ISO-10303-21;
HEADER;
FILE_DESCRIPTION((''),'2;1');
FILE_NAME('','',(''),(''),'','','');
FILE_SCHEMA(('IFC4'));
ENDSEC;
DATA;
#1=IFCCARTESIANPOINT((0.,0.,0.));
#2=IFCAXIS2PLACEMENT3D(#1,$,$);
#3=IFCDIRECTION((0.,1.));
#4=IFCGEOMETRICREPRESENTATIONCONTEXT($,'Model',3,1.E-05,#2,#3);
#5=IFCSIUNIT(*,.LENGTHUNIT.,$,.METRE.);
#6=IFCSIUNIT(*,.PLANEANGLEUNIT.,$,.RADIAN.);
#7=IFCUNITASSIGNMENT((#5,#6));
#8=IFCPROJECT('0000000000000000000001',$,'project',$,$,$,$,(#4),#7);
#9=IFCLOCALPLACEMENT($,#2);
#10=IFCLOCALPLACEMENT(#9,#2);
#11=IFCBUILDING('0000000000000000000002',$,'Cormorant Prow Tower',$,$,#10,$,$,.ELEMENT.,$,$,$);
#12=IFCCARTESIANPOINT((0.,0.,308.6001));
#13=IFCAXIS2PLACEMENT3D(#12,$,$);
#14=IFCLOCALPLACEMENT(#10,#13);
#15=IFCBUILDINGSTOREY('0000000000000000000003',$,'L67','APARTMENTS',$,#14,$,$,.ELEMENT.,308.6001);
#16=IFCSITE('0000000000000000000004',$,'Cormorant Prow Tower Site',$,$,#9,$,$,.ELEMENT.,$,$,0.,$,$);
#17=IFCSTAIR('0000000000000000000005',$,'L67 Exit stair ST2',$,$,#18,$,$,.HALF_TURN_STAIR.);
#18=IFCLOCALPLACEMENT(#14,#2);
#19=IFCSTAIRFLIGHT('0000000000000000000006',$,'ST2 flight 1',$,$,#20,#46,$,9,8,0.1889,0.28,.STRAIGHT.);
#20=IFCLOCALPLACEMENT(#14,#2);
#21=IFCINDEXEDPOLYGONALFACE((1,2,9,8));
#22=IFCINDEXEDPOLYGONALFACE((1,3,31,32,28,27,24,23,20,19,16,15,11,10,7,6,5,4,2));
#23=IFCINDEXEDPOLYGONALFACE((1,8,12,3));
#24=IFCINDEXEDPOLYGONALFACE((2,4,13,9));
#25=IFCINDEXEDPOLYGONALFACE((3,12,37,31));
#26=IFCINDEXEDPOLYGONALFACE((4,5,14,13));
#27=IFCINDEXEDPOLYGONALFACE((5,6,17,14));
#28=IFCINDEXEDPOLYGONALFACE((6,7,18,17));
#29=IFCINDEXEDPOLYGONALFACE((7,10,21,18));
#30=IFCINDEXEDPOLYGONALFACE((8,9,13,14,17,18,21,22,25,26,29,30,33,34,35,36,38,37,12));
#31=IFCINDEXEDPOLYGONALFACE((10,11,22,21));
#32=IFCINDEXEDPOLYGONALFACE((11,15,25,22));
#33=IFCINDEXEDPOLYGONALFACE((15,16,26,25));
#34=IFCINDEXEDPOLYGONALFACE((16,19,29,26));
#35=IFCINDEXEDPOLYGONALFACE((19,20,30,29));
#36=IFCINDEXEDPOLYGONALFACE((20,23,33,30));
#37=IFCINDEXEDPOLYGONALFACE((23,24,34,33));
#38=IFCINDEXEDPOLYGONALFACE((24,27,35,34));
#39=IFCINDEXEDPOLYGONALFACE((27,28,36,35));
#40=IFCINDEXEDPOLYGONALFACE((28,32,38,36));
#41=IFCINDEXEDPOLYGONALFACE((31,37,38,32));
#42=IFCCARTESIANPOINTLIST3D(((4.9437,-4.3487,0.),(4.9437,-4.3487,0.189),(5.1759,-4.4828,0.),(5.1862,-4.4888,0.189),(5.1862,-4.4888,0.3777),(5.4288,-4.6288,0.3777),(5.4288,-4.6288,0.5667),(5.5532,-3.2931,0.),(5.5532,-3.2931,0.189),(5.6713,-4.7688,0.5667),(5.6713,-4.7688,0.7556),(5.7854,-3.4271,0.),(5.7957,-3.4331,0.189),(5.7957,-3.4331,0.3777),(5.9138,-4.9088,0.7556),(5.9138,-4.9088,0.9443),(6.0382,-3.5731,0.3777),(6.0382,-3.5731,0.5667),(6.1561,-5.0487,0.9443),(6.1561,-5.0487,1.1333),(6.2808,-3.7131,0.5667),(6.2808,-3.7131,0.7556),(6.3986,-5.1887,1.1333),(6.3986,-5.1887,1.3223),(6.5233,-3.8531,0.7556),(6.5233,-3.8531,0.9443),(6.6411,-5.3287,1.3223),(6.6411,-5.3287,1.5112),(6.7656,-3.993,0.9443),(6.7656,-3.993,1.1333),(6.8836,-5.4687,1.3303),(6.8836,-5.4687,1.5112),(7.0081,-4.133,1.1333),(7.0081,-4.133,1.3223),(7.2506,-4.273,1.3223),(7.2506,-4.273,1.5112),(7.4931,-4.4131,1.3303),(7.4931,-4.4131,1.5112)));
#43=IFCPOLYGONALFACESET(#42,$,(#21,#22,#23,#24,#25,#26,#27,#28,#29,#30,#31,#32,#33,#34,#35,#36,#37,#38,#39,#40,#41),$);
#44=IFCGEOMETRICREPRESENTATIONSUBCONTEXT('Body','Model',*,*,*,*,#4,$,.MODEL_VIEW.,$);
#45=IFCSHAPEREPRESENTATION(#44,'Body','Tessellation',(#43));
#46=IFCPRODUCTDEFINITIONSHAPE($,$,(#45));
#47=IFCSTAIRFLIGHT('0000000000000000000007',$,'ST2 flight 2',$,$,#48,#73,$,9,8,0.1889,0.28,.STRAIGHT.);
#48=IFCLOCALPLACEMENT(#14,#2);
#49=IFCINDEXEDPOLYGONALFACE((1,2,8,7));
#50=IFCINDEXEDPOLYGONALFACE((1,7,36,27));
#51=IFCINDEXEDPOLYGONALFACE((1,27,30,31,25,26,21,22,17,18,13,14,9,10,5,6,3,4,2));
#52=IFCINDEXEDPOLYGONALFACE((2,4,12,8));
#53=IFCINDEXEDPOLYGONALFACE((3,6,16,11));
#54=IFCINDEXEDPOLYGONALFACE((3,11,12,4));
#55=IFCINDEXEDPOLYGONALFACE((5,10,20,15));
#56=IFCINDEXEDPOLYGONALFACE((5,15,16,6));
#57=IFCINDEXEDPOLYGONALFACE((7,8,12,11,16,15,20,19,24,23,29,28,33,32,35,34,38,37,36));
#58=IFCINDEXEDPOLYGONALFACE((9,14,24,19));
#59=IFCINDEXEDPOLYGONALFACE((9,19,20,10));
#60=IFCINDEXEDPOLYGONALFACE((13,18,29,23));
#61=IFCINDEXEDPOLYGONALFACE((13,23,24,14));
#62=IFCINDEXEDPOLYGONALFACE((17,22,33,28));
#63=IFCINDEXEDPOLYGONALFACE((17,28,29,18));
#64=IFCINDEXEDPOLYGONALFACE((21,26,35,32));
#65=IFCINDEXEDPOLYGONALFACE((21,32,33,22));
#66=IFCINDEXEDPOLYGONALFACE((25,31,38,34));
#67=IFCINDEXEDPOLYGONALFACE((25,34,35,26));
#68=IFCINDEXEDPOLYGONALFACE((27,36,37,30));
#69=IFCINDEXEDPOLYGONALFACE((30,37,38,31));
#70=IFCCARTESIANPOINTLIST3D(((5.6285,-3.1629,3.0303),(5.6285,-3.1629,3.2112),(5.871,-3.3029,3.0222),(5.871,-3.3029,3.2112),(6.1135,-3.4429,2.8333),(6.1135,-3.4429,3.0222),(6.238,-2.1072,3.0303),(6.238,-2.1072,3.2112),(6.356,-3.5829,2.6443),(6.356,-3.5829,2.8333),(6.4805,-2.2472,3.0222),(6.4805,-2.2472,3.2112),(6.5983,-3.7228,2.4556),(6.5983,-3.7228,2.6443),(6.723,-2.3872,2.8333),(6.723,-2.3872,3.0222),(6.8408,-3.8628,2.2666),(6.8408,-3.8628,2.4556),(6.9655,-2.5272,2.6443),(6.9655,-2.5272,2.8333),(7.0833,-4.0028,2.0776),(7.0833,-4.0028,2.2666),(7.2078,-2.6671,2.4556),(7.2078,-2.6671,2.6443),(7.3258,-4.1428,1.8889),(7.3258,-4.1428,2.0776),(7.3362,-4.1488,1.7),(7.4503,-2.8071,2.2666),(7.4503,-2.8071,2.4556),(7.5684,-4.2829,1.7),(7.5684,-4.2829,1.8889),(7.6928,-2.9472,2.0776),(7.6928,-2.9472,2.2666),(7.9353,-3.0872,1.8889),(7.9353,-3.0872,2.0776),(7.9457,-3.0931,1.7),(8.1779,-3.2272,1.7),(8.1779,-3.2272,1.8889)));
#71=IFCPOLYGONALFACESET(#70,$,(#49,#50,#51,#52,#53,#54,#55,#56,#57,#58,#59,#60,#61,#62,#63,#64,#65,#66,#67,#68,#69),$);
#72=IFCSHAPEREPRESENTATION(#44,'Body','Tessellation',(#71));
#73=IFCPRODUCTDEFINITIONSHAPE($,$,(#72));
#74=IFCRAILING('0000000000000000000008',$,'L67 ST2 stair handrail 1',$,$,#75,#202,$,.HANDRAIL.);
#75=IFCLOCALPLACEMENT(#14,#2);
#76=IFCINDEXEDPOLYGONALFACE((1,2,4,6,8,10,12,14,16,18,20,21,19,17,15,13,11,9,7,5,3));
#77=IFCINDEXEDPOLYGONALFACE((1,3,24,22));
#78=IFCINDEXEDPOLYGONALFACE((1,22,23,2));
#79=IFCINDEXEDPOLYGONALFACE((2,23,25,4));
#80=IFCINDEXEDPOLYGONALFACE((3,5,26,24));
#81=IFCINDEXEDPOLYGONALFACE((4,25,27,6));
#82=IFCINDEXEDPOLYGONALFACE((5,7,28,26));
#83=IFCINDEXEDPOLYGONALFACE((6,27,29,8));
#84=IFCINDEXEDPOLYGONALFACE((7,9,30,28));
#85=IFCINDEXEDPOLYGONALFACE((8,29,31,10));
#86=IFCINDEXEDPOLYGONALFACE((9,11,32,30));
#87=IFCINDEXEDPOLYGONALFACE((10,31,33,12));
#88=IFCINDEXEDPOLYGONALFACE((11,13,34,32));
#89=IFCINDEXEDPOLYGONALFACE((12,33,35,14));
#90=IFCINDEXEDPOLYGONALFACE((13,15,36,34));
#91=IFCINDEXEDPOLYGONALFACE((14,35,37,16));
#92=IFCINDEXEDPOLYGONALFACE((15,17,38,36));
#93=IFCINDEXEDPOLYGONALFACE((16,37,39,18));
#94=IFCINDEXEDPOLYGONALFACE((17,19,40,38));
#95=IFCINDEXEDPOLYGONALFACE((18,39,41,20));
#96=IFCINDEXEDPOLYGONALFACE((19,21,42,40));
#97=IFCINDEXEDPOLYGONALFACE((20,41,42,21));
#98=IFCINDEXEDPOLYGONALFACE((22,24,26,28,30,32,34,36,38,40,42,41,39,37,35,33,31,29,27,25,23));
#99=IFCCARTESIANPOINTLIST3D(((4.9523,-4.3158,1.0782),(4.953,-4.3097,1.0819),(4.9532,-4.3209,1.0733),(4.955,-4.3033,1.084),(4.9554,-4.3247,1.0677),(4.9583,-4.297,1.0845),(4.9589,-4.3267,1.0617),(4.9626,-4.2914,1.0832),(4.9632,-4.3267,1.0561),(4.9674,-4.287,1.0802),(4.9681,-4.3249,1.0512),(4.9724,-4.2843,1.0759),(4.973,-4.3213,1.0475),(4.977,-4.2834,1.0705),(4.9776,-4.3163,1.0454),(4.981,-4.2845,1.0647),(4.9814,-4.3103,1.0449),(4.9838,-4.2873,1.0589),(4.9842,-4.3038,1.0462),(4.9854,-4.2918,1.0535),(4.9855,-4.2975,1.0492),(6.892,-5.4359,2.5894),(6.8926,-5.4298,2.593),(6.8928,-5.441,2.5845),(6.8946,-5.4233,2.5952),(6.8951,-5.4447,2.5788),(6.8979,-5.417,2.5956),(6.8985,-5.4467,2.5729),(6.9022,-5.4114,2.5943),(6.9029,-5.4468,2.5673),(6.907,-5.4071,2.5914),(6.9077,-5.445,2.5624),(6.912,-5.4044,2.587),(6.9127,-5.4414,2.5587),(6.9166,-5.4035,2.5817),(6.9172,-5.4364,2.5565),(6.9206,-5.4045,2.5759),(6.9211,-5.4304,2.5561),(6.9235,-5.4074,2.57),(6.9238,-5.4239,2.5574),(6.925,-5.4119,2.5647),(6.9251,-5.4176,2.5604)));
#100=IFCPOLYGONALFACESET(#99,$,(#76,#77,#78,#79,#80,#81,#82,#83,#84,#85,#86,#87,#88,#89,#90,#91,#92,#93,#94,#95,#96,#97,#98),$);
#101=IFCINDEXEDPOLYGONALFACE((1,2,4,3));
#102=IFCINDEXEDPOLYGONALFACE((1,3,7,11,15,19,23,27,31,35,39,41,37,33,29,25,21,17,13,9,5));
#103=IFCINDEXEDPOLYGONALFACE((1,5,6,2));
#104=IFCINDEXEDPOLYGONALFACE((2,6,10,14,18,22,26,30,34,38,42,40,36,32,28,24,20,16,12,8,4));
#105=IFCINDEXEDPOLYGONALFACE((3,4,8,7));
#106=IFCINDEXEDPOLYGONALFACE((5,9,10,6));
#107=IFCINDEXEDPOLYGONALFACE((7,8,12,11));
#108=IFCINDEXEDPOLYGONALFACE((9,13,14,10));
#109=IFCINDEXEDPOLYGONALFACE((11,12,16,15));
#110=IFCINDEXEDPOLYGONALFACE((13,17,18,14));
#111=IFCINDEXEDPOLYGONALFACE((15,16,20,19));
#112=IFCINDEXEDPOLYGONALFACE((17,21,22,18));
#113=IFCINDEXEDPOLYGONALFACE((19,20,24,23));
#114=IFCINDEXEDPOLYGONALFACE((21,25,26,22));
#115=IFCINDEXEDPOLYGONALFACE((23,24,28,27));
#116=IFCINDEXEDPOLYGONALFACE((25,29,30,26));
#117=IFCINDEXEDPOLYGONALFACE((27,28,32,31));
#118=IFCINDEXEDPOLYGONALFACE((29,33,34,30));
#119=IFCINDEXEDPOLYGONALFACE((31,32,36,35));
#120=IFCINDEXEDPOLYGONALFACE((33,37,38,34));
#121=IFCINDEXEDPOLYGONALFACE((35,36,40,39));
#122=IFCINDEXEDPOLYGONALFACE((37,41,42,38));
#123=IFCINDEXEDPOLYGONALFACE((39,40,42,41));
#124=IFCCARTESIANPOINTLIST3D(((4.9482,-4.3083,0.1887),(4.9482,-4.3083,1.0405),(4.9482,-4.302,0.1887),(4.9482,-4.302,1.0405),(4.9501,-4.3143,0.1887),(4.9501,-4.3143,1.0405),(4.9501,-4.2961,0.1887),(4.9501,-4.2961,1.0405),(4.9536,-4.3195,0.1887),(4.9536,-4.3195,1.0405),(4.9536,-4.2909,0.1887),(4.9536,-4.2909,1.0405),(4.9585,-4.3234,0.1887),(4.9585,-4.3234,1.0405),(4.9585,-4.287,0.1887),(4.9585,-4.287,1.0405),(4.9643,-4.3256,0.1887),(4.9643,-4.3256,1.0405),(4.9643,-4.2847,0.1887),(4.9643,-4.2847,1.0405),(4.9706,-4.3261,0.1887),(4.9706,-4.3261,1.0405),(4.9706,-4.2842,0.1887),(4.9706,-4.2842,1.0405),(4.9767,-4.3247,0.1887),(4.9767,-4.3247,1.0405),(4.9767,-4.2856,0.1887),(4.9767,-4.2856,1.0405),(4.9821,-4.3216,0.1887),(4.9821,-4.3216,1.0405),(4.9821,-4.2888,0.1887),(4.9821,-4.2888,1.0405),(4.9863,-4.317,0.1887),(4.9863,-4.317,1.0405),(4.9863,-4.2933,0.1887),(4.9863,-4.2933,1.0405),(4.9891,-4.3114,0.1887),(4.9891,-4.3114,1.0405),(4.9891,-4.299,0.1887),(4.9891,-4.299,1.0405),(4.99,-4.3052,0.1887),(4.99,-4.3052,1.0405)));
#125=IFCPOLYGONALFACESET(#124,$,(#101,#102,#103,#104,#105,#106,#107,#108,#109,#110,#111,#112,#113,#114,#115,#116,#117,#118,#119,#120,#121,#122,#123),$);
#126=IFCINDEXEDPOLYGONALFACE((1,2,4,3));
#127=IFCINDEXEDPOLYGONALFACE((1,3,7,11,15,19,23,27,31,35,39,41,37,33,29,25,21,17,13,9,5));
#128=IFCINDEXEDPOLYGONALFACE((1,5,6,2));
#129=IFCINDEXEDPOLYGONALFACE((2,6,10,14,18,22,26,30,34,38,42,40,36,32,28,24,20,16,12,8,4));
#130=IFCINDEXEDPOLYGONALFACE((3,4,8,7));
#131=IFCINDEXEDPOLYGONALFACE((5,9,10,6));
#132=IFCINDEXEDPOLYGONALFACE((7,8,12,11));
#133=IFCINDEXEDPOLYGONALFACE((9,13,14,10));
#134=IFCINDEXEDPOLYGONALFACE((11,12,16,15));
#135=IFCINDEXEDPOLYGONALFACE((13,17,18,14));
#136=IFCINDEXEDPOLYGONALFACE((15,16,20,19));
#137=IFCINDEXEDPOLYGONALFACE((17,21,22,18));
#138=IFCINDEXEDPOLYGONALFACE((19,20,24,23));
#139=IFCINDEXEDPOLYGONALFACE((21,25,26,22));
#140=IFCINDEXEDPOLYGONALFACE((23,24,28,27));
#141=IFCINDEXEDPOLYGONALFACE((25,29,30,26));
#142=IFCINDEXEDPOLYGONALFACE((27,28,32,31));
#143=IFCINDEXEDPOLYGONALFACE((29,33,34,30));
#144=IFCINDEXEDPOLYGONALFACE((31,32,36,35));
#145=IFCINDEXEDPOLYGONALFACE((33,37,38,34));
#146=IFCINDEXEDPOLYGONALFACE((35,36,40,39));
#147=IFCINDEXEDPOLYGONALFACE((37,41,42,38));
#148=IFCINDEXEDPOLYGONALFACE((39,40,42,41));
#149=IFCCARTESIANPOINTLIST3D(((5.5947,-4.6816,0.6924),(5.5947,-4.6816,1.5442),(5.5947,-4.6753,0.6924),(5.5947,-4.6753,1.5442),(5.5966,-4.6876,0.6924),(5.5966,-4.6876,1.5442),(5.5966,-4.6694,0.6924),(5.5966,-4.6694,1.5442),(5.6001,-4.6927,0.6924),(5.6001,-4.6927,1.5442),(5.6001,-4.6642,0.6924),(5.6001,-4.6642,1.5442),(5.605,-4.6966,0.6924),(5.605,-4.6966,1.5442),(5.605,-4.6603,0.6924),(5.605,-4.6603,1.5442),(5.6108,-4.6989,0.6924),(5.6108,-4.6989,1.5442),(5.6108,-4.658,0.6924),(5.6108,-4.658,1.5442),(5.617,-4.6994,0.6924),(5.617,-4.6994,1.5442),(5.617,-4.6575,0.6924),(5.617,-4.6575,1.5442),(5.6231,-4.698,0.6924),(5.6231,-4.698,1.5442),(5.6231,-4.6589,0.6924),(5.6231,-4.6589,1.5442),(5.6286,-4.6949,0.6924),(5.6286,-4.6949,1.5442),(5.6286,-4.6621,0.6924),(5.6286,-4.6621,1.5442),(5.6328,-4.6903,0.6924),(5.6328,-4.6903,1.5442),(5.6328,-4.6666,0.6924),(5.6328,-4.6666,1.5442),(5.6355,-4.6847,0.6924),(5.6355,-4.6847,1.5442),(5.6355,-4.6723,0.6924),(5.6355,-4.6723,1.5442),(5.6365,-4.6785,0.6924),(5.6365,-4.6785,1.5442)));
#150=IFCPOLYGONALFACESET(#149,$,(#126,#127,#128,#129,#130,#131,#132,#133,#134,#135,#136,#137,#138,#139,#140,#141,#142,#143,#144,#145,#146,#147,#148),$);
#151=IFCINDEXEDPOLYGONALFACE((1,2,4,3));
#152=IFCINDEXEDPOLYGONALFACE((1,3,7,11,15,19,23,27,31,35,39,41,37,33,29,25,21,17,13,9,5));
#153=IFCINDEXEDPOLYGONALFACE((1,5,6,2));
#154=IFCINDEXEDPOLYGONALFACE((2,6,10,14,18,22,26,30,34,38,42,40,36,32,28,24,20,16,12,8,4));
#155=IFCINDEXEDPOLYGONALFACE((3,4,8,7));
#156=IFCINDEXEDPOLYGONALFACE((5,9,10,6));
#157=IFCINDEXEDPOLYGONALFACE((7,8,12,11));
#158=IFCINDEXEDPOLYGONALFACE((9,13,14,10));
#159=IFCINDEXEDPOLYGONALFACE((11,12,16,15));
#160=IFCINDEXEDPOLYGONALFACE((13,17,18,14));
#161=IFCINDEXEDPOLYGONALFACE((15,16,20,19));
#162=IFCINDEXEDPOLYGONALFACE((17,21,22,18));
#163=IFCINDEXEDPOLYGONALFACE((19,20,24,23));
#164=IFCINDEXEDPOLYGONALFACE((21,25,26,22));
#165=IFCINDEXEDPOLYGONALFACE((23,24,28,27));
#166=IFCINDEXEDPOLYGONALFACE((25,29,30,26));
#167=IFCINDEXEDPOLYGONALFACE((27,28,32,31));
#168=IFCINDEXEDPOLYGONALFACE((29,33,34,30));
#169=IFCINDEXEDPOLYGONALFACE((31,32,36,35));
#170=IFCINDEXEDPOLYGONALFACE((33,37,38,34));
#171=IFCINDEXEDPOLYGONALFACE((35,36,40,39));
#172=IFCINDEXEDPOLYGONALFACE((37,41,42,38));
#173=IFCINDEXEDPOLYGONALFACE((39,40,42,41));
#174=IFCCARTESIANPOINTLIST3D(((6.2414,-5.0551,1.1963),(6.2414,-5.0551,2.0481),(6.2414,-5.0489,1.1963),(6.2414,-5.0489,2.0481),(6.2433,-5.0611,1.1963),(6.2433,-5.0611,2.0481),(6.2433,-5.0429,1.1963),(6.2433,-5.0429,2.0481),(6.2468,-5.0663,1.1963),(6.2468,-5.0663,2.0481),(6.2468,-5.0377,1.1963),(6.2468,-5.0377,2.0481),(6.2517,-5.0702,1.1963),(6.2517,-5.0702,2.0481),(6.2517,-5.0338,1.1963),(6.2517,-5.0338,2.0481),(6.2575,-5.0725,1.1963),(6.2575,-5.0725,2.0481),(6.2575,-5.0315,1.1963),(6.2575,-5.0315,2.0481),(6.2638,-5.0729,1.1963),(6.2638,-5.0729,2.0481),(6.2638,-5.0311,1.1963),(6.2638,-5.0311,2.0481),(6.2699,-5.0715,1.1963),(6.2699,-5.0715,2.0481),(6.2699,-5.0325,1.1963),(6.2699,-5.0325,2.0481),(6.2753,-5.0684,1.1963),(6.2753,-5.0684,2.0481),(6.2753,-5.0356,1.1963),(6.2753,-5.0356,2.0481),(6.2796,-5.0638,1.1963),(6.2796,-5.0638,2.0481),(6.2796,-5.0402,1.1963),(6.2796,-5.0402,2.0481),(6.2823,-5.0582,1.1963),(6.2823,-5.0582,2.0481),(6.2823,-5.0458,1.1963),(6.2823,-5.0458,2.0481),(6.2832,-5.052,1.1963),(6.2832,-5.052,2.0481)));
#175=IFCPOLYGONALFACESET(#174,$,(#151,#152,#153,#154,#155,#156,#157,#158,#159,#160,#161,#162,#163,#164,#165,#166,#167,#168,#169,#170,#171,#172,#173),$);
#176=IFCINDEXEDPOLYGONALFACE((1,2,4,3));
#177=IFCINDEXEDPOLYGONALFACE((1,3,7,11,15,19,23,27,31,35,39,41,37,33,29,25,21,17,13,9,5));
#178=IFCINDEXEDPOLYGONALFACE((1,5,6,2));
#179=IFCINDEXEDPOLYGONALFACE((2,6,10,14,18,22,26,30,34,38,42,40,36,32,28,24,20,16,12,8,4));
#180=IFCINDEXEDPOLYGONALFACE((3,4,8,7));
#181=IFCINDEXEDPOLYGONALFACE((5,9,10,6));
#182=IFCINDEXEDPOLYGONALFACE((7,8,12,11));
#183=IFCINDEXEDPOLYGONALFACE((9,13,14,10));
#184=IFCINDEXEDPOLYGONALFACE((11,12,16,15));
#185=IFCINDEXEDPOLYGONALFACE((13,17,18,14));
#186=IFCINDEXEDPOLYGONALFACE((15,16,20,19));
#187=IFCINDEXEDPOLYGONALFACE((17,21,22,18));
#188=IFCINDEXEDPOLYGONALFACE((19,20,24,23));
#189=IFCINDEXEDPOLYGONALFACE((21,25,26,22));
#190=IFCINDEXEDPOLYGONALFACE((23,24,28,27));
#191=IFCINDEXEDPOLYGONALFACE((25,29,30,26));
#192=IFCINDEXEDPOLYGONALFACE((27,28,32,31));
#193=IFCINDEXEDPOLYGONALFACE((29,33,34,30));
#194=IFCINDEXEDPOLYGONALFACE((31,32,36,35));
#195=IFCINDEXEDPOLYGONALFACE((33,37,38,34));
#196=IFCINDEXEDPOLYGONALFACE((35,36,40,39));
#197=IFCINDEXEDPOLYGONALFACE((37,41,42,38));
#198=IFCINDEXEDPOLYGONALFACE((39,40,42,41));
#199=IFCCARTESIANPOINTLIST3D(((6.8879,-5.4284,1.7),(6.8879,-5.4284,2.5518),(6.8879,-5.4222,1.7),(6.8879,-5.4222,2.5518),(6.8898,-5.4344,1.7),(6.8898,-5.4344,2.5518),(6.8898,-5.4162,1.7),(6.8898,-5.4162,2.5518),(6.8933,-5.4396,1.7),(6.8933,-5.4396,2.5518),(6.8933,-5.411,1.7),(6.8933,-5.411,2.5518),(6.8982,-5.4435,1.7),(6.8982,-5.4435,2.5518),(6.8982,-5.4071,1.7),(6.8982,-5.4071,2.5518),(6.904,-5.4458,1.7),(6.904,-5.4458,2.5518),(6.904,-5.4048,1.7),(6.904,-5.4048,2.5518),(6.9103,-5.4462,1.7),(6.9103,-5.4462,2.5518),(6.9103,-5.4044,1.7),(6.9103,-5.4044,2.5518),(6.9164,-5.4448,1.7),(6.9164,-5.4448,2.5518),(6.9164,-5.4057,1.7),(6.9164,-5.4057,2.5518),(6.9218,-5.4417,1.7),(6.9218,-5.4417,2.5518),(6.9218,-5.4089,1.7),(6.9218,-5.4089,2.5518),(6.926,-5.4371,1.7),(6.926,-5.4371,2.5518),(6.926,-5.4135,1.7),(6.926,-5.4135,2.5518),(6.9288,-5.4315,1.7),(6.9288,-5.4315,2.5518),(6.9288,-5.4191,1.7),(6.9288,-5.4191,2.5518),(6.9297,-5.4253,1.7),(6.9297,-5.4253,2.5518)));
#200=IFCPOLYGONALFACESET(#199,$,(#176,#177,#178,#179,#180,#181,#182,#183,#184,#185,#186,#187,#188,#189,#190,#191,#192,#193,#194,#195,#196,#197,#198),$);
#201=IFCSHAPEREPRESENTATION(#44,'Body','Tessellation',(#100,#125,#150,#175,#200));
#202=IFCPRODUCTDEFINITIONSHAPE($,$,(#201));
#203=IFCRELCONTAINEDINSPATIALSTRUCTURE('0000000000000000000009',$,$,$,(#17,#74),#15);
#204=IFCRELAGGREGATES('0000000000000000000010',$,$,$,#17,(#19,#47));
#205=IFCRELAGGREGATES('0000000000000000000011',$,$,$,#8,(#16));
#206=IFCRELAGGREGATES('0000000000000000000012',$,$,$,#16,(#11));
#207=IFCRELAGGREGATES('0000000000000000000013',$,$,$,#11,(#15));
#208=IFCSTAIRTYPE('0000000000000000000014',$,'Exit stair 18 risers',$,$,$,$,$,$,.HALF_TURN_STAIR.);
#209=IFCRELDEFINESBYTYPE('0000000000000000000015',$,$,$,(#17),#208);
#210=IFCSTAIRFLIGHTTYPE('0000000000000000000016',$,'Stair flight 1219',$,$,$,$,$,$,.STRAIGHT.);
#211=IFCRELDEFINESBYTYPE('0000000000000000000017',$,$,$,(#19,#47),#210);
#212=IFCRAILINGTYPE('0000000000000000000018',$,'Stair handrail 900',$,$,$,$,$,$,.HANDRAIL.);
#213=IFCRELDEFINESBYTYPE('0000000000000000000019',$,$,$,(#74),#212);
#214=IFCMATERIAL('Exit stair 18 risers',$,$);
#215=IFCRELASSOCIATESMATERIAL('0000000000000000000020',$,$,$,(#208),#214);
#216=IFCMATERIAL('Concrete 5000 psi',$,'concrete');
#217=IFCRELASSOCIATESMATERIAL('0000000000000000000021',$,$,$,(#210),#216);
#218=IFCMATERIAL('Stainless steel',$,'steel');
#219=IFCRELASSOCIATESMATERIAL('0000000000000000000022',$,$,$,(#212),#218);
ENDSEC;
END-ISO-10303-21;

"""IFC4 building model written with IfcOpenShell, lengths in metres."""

from ifc_helpers import new_model, si_unit, direction, frame, origin, origin_2d, place, context, subcontext, project, spatial, polyline, circle, outline, extrude, material, type_object, element, aggregate, save


model = new_model("IFC4")

# Units and contexts
model_context = context("Model", 3, precision=1e-05, world=origin(), true_north=direction((0.0, 1.0)))
body_context = subcontext(model_context, "Body", "Model", "MODEL_VIEW")
ifc_project = project(units=[si_unit("LENGTHUNIT", "METRE"), si_unit("PLANEANGLEUNIT", "RADIAN")], contexts=[model_context])

# Site, building, storey
site_placement = place(None, origin())
site = spatial("IfcSite", under=ifc_project, at=site_placement, Name="Cormorant Prow Tower Site", CompositionType="ELEMENT", RefElevation=0.0)
building_placement = place(site_placement, origin())
building = spatial("IfcBuilding", under=site, at=building_placement, Name="Cormorant Prow Tower", CompositionType="ELEMENT")
storey_placement = place(building_placement, frame((0.0, 0.0, 308.6001)))
storey = spatial("IfcBuildingStorey", under=building, at=storey_placement, Name="L67", Description="APARTMENTS", CompositionType="ELEMENT", Elevation=308.6001)

# Stair, stair flights
ifc_material_1 = material(Name="Exit stair 18 risers")
stair_type = type_object("IfcStairType", Name="Exit stair 18 risers", PredefinedType="HALF_TURN_STAIR", material=ifc_material_1)
stair_placement = place(storey_placement, origin())
stair = element("IfcStair", 1, at=stair_placement, inside=storey, type_object=stair_type, Name="L67 Exit stair ST2", PredefinedType="HALF_TURN_STAIR")
ifc_material_2 = material(Name="Concrete 5000 psi", Category="concrete")
stair_flight_type = type_object("IfcStairFlightType", Name="Stair flight 1219", PredefinedType="STRAIGHT", material=ifc_material_2)
stair_flight_1_placement = place(storey_placement, frame((5.2485, -3.8208, 0.0), z_axis=(0.0, 0.0, 1.0), x_axis=(0.866025, -0.5, 0.0)))
stair_flight_1 = element("IfcStairFlight", 2, at=stair_flight_1_placement, type_object=stair_flight_type, Name="ST2 flight 1", NumberOfRisers=9, NumberOfTreads=8, PredefinedType="STRAIGHT", RiserHeight=0.1889, TreadLength=0.28, context=body_context, shape_type="SweptSolid", body=[
    extrude(outline(polyline([(0.0, 0.0), (0.0, 0.189), (0.28, 0.189), (0.28, 0.3777), (0.5601, 0.3777), (0.5601, 0.5667), (0.8401, 0.5667), (0.8401, 0.7556), (1.1201, 0.7556), (1.1201, 0.9443), (1.3999, 0.9443), (1.3999, 1.1333), (1.6799, 1.1333), (1.6799, 1.3223), (1.96, 1.3223), (1.96, 1.5112), (2.24, 1.5112), (2.24, 1.7), (2.24, 1.3303), (0.2681, 0.0), (0.0, 0.0)])), frame((0.0, 0.6094, 0.0), z_axis=(0.0, -1.0, 0.0), x_axis=(1.0, 0.0, 0.0)), (0.0, 0.0, 1.0), 1.219),
])
stair_flight_2_placement = place(storey_placement, frame((7.873, -3.7551, 1.7), z_axis=(0.0, 0.0, 1.0), x_axis=(-0.866025, 0.5, 0.0)))
stair_flight_2 = element("IfcStairFlight", 3, at=stair_flight_2_placement, type_object=stair_flight_type, Name="ST2 flight 2", NumberOfRisers=9, NumberOfTreads=8, PredefinedType="STRAIGHT", RiserHeight=0.1889, TreadLength=0.28, context=body_context, shape_type="SweptSolid", body=[
    extrude(outline(polyline([(0.0, 0.0), (0.0, 0.189), (0.28, 0.189), (0.28, 0.3777), (0.5601, 0.3777), (0.5601, 0.5667), (0.8401, 0.5667), (0.8401, 0.7556), (1.1201, 0.7556), (1.1201, 0.9443), (1.3999, 0.9443), (1.3999, 1.1333), (1.6799, 1.1333), (1.6799, 1.3223), (1.96, 1.3223), (1.96, 1.5112), (2.24, 1.5112), (2.24, 1.7), (2.24, 1.3303), (0.2681, 0.0), (0.0, 0.0)])), frame((0.0, 0.6094, 0.0), z_axis=(0.0, -1.0, 0.0), x_axis=(1.0, 0.0, 0.0)), (0.0, 0.0, 1.0), 1.219),
])
aggregate(stair, [stair_flight_1, stair_flight_2])

# Railing
ifc_material_3 = material(Name="Stainless steel", Category="steel")
railing_type = type_object("IfcRailingType", Name="Stair handrail 900", PredefinedType="HANDRAIL", material=ifc_material_3)
railing_placement = place(storey_placement, frame((4.969, -4.3052, 0.1887)))
element("IfcRailing", 4, at=railing_placement, inside=storey, type_object=railing_type, Name="L67 ST2 stair handrail 1", PredefinedType="HANDRAIL", context=body_context, shape_type="SweptSolid", body=[
    extrude(circle(Radius=0.0239, at=origin_2d()), frame((0.0, 0.0, 0.876), z_axis=(0.71787, -0.414548, 0.559297), x_axis=(0.500078, 0.86598, 0.0)), (0.0, 0.0, 1.0), 2.7019),
    extrude(circle(Radius=0.021, at=origin_2d()), origin(), (0.0, 0.0, 1.0), 0.8518),
    extrude(circle(Radius=0.021, at=origin_2d()), frame((0.6465, -0.3733, 0.5037)), (0.0, 0.0, 1.0), 0.8518),
    extrude(circle(Radius=0.021, at=origin_2d()), frame((1.2932, -0.7468, 1.0076)), (0.0, 0.0, 1.0), 0.8518),
    extrude(circle(Radius=0.021, at=origin_2d()), frame((1.9397, -1.1201, 1.5112)), (0.0, 0.0, 1.0), 0.8518),
])

save(model, "model.ifc")
